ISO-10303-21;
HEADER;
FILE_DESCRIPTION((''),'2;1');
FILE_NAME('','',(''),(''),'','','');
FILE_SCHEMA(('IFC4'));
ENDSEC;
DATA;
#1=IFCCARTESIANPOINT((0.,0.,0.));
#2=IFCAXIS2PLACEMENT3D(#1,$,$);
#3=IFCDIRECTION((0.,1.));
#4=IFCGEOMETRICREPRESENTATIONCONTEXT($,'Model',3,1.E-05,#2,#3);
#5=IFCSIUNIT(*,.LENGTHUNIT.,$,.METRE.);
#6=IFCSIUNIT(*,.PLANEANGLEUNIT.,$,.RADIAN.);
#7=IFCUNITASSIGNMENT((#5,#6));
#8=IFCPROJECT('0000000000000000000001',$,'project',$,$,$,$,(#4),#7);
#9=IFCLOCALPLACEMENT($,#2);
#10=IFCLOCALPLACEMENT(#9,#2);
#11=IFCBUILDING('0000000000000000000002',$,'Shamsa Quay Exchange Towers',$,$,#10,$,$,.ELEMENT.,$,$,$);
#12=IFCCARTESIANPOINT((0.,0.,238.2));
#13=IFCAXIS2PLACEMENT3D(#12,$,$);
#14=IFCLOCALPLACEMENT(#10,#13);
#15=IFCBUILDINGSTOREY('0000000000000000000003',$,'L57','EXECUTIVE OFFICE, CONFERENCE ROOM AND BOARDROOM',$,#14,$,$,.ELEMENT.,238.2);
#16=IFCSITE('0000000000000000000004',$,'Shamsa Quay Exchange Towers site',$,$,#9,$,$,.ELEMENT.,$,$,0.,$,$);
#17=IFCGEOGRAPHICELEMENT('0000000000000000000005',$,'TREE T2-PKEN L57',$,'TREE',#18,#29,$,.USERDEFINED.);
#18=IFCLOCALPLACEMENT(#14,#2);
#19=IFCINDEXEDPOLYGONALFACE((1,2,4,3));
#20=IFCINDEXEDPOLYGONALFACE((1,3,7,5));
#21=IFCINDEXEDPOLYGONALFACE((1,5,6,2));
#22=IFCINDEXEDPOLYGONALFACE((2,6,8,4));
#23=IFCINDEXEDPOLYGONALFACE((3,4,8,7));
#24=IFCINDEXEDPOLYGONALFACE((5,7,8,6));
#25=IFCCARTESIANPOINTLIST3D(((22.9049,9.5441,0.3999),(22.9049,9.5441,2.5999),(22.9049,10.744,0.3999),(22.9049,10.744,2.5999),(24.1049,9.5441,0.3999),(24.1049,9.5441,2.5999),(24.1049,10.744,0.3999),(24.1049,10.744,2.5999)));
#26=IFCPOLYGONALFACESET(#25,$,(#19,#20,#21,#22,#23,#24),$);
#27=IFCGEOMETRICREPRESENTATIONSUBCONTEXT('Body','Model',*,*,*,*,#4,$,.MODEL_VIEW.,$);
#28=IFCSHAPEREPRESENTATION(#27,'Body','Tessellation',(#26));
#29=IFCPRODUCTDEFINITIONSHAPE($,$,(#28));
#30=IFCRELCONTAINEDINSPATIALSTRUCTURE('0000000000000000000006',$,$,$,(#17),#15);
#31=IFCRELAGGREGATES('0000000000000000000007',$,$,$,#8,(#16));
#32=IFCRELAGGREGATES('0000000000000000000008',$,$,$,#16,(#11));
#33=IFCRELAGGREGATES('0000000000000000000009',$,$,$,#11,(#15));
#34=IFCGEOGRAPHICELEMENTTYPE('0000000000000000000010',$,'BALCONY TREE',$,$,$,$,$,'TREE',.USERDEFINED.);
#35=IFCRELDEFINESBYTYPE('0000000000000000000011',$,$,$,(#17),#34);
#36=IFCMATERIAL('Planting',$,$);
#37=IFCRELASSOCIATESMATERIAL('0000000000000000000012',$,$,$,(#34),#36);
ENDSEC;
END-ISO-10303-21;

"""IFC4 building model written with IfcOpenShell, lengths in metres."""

from ifc_helpers import new_model, si_unit, direction, frame, origin, origin_2d, place, context, subcontext, project, spatial, rectangle, extrude, material, type_object, element, save


model = new_model("IFC4")

# Units and contexts
model_context = context("Model", 3, precision=1e-05, world=origin(), true_north=direction((0.0, 1.0)))
body_context = subcontext(model_context, "Body", "Model", "MODEL_VIEW")
ifc_project = project(units=[si_unit("LENGTHUNIT", "METRE"), si_unit("PLANEANGLEUNIT", "RADIAN")], contexts=[model_context])

# Site, building, storey
site_placement = place(None, origin())
site = spatial("IfcSite", under=ifc_project, at=site_placement, Name="Shamsa Quay Exchange Towers site", CompositionType="ELEMENT", RefElevation=0.0)
building_placement = place(site_placement, origin())
building = spatial("IfcBuilding", under=site, at=building_placement, Name="Shamsa Quay Exchange Towers", CompositionType="ELEMENT")
storey_placement = place(building_placement, frame((0.0, 0.0, 238.2)))
storey = spatial("IfcBuildingStorey", under=building, at=storey_placement, Name="L57", Description="EXECUTIVE OFFICE, CONFERENCE ROOM AND BOARDROOM", CompositionType="ELEMENT", Elevation=238.2)

# Geographic element
ifc_material_1 = material(Name="Planting")
geographic_element_type = type_object("IfcGeographicElementType", Name="BALCONY TREE", ElementType="TREE", PredefinedType="USERDEFINED", material=ifc_material_1)
geographic_element_placement = place(storey_placement, frame((23.5049, 10.144, 0.3999), z_axis=(0.0, 0.0, 1.0), x_axis=(0.0, -1.0, 0.0)))
element("IfcGeographicElement", 1, at=geographic_element_placement, inside=storey, type_object=geographic_element_type, Name="TREE T2-PKEN L57", ObjectType="TREE", PredefinedType="USERDEFINED", context=body_context, shape_type="SweptSolid", body=[
    extrude(rectangle(XDim=1.2, YDim=1.2, at=origin_2d()), origin(), (0.0, 0.0, 1.0), 2.2),
])

save(model, "model.ifc")
